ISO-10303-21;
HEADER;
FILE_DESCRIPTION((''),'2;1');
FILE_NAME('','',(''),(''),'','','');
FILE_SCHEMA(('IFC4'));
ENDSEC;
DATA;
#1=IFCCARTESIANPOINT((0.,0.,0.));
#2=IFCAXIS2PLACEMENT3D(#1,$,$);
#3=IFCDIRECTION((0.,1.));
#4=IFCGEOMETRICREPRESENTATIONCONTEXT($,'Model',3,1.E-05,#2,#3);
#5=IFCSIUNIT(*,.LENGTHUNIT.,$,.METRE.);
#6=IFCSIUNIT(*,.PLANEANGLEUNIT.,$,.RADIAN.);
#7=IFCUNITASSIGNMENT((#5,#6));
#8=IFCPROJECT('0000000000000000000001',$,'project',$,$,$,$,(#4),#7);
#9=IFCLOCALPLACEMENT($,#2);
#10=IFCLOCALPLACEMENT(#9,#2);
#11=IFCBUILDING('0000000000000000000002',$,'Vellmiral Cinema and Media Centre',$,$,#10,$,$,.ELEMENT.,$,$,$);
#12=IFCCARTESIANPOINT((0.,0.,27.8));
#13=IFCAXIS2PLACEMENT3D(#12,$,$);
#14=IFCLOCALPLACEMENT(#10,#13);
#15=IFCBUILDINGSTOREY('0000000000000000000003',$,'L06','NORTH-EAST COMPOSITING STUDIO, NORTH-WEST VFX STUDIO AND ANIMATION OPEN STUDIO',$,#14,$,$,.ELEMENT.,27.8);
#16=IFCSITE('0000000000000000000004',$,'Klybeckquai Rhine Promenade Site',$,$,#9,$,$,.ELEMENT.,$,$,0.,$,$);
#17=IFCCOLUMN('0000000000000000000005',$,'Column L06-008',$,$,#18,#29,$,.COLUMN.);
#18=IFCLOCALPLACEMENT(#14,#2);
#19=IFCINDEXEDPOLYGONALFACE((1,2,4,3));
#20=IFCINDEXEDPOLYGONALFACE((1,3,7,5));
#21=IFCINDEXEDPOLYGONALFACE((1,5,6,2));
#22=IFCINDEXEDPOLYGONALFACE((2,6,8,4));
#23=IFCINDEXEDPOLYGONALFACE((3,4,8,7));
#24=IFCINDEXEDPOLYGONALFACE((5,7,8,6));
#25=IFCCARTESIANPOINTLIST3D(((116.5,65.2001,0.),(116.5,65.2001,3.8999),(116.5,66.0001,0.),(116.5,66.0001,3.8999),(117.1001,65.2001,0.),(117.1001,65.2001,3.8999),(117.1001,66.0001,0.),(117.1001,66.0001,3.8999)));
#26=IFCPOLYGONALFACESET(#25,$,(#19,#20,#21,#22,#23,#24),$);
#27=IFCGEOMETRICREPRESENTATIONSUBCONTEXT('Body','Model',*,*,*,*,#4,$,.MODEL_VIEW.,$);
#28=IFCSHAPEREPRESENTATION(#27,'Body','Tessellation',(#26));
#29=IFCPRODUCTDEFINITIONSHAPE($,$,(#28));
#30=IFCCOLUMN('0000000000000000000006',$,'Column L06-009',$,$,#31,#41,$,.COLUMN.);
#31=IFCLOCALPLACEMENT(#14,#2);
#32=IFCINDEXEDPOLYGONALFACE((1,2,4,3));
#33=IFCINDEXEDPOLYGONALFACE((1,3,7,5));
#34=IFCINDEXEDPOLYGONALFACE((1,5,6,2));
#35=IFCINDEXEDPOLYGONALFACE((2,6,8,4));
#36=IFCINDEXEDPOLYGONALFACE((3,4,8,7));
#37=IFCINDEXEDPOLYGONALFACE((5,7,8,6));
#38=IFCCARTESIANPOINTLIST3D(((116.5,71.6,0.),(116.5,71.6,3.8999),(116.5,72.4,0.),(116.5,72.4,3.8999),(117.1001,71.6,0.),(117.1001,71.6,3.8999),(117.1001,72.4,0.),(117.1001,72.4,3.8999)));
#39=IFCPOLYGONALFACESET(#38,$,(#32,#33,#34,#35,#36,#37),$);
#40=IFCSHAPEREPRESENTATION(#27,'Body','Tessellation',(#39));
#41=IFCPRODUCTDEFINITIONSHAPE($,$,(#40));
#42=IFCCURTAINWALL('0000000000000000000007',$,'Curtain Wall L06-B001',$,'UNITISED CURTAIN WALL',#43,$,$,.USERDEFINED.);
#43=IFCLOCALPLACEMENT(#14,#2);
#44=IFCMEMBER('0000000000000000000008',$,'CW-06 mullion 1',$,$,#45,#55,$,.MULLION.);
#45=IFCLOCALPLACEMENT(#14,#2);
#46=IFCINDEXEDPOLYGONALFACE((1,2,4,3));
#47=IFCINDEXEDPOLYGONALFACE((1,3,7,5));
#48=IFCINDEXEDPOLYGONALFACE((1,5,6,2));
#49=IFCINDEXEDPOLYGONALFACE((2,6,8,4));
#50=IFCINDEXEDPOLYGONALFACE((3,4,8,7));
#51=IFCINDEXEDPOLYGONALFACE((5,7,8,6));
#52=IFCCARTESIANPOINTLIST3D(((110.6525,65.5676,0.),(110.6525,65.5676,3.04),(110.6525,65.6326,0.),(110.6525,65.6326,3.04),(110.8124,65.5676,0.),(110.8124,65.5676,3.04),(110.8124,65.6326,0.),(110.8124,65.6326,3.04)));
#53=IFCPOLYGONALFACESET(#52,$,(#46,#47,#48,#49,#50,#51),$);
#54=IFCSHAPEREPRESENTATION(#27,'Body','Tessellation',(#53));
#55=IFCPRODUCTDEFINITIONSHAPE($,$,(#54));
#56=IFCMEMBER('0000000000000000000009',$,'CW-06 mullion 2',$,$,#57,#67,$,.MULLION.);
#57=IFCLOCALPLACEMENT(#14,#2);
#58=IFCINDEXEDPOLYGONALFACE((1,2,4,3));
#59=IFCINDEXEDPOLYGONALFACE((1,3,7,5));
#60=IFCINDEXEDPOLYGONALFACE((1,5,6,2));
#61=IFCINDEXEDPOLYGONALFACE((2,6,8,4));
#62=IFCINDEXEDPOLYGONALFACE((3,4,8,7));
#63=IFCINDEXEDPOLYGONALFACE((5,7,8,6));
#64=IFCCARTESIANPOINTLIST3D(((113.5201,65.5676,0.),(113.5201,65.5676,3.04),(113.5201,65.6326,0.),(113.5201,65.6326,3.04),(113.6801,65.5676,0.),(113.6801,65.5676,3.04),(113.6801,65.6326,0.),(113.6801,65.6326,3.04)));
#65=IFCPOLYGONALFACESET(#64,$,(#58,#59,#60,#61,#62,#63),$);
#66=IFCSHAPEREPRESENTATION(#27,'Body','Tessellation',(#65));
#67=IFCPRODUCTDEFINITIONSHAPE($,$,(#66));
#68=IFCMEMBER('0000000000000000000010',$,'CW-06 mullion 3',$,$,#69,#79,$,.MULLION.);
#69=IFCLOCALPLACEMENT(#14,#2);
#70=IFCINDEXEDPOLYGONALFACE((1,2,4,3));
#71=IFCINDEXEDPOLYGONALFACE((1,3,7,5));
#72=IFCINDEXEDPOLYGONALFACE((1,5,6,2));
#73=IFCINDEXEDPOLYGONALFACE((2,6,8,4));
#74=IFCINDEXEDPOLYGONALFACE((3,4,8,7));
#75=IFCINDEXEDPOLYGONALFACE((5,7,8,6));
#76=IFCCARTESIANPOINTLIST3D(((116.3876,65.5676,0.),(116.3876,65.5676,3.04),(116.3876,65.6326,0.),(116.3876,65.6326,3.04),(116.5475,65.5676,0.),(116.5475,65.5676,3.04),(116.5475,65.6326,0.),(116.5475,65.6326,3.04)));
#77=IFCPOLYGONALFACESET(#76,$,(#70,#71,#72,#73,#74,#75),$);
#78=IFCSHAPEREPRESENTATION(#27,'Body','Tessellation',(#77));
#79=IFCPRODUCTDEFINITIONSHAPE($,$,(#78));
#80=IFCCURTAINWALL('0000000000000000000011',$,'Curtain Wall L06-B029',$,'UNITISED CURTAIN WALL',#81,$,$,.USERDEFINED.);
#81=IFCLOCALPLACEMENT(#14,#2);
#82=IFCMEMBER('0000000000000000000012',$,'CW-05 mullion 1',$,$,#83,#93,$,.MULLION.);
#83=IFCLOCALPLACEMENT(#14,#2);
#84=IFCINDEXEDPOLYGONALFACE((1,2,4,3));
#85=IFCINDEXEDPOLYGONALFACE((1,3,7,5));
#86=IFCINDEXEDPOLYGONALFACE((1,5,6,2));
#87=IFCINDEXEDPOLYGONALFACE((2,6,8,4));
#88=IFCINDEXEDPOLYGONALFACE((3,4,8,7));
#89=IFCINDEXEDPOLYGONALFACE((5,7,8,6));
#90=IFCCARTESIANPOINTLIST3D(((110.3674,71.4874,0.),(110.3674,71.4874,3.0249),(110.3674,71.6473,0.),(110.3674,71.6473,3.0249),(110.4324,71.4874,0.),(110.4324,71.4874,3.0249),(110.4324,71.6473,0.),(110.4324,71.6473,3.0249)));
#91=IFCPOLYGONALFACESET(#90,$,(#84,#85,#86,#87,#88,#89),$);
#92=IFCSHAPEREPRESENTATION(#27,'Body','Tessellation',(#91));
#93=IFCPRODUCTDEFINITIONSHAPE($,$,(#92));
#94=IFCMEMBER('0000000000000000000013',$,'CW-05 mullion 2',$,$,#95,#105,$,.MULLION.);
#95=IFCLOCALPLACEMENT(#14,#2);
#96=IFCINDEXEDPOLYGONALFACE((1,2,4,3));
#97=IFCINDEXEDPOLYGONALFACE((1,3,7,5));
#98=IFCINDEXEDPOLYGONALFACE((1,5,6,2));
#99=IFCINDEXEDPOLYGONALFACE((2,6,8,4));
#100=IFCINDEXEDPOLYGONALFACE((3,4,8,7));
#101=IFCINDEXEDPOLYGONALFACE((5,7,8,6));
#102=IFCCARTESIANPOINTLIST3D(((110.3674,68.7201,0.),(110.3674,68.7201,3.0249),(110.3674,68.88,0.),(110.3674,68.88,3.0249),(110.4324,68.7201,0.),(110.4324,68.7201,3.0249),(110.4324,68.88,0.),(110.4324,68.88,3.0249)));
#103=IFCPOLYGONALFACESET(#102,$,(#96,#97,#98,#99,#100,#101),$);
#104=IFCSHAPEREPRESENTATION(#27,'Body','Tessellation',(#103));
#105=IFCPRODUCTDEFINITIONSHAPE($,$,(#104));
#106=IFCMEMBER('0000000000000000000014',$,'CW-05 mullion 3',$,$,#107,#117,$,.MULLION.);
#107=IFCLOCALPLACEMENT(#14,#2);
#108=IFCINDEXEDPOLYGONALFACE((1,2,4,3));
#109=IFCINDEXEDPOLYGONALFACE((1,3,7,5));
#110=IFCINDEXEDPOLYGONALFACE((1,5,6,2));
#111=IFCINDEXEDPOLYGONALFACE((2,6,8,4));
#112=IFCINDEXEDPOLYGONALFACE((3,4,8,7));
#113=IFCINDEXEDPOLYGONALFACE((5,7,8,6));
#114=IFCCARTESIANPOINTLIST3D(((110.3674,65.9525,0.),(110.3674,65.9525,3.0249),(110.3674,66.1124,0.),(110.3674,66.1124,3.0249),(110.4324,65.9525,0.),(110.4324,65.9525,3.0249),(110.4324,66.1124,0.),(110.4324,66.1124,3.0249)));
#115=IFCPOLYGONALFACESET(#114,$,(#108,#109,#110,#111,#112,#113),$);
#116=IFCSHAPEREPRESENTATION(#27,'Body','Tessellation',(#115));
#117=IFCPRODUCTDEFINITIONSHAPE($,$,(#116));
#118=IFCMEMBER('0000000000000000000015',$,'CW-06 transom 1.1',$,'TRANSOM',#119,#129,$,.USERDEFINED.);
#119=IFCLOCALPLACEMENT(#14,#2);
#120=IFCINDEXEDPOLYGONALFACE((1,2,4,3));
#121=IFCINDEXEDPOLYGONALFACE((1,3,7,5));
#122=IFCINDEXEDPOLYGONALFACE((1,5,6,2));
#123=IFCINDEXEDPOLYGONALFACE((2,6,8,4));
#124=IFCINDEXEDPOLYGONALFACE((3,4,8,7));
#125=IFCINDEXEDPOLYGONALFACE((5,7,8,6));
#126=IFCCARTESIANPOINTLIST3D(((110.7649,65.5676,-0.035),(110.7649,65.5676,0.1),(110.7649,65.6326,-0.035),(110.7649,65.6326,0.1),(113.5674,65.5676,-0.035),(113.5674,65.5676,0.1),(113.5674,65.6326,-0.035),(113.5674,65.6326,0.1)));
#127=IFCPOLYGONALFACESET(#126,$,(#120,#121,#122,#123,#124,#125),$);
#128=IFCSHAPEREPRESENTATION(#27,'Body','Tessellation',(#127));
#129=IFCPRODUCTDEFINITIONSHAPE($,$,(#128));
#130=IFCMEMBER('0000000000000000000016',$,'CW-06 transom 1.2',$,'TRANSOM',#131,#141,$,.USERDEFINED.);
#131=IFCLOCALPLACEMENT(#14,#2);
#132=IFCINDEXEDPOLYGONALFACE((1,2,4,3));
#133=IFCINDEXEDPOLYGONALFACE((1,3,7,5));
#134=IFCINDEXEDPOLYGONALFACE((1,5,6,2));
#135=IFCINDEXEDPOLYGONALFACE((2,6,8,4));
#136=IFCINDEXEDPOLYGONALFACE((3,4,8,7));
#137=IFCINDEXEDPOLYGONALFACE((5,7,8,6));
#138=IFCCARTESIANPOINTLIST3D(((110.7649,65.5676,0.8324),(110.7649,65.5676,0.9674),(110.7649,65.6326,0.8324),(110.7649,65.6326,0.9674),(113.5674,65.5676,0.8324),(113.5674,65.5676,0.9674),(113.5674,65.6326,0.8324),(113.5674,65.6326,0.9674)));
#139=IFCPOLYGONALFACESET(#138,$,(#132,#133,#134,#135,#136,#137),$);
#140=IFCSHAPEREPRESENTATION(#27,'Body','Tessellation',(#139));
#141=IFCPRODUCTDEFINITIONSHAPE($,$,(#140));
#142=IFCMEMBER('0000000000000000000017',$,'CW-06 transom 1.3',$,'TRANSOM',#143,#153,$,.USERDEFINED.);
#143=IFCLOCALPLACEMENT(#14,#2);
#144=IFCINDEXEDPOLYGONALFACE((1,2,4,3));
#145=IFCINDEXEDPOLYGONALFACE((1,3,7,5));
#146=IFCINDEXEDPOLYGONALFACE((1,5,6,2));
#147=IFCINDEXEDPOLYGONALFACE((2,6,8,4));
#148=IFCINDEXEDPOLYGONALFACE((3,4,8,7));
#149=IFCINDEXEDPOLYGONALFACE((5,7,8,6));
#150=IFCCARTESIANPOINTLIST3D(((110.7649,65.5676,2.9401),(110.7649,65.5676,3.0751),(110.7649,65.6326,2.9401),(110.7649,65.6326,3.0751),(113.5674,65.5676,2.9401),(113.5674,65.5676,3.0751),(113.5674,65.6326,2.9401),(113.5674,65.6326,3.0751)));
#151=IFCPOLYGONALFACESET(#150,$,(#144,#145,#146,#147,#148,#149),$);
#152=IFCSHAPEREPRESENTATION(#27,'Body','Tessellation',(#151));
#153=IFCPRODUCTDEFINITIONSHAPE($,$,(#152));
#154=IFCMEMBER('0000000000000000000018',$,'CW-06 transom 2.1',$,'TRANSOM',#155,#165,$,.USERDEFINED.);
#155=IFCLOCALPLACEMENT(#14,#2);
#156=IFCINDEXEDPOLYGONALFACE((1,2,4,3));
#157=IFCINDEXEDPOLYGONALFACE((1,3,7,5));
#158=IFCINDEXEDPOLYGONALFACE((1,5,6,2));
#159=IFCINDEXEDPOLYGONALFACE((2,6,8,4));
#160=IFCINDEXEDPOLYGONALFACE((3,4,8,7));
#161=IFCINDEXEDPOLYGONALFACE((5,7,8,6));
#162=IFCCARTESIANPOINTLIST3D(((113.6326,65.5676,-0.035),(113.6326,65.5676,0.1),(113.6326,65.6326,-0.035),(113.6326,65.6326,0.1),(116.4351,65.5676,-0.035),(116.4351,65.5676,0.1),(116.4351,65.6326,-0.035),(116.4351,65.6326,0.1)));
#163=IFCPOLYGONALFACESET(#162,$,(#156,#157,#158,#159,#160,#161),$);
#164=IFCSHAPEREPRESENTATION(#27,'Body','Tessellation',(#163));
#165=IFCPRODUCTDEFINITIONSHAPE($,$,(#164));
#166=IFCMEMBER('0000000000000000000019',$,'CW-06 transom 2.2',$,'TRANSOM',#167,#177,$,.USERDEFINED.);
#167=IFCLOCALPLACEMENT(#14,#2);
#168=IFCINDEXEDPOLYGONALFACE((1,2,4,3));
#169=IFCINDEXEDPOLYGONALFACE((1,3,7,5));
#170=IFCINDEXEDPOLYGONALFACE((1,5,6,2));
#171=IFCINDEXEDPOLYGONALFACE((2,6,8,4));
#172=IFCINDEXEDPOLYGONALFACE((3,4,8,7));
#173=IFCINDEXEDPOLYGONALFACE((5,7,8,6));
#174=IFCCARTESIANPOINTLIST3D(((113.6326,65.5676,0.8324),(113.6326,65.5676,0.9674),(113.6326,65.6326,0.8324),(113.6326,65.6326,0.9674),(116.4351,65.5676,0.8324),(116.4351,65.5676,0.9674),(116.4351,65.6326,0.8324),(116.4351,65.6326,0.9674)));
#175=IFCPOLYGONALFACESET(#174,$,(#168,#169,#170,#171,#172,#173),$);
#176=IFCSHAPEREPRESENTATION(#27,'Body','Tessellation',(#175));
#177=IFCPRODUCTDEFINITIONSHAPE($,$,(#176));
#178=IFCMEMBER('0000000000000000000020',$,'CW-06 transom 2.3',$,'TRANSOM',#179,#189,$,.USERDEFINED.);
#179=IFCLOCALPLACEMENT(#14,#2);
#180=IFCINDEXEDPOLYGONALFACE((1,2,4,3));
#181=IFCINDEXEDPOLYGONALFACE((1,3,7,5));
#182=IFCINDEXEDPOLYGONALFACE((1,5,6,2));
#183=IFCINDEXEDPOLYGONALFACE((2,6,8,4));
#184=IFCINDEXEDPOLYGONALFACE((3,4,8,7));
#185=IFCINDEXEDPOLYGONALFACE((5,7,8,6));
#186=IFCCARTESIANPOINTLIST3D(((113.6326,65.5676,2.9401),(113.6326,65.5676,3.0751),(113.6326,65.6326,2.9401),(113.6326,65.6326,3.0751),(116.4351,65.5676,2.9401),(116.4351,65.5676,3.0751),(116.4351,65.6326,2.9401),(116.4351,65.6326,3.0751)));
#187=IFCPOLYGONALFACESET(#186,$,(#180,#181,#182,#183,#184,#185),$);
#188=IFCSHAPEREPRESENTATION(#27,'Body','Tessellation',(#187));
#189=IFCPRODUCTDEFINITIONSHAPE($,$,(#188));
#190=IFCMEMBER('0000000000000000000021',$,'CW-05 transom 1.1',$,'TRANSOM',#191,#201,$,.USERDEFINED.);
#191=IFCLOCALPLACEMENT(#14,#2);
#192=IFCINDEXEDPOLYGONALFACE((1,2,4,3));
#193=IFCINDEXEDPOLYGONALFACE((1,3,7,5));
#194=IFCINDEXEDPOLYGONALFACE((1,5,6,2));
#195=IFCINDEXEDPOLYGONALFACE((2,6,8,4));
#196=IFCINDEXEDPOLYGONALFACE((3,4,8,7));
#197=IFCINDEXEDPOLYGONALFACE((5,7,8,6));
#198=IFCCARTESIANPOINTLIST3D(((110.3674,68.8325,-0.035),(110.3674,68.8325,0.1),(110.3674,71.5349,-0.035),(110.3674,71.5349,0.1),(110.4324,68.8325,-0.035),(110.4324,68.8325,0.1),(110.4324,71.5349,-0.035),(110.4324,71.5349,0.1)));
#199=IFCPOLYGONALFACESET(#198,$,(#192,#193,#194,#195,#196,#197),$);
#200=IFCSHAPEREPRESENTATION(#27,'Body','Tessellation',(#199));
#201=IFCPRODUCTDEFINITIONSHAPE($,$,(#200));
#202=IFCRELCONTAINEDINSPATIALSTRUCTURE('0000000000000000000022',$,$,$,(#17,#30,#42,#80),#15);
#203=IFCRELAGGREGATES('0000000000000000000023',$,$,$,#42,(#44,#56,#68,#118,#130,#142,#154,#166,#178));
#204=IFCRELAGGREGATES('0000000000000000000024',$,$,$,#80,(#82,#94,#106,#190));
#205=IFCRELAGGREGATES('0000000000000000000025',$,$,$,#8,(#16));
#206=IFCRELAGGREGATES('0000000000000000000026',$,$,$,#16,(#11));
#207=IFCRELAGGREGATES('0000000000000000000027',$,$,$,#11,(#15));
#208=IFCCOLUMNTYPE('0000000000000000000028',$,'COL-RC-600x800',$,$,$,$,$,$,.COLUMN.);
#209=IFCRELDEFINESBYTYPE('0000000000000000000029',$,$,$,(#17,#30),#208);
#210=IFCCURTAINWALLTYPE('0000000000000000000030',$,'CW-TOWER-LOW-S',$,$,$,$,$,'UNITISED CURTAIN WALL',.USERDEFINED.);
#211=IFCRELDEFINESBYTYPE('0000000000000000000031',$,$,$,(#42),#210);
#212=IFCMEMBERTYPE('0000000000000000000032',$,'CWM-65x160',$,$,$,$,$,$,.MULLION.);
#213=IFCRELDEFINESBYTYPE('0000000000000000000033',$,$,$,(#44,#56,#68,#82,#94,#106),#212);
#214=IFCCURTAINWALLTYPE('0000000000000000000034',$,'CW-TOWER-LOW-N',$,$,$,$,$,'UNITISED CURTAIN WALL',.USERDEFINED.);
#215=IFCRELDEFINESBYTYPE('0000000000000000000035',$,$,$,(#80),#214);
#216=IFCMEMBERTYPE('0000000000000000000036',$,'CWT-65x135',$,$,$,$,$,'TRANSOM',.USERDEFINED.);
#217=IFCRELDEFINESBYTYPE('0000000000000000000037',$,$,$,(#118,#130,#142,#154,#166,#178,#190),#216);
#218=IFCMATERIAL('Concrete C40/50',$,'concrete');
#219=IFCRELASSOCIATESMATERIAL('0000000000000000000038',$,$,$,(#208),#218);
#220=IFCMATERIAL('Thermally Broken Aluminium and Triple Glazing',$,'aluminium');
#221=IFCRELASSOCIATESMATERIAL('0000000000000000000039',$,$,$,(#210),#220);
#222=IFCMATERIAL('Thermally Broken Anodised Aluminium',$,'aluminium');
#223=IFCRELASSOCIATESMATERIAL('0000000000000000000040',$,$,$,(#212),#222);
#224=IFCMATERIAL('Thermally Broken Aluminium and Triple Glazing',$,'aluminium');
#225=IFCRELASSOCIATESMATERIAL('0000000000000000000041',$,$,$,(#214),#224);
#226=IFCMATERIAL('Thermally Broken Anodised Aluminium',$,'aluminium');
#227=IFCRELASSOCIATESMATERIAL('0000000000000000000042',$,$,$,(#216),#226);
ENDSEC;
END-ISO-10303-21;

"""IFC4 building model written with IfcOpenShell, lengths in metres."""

from ifc_helpers import new_model, si_unit, direction, frame, origin, origin_2d, place, context, subcontext, project, spatial, rectangle, extrude, material, material_profile, profile_set, type_object, element, aggregate, save


model = new_model("IFC4")

# Units and contexts
model_context = context("Model", 3, precision=1e-05, world=origin(), true_north=direction((0.0, 1.0)))
body_context = subcontext(model_context, "Body", "Model", "MODEL_VIEW")
ifc_project = project(units=[si_unit("LENGTHUNIT", "METRE"), si_unit("PLANEANGLEUNIT", "RADIAN")], contexts=[model_context])

# Site, building, storey
site_placement = place(None, origin())
site = spatial("IfcSite", under=ifc_project, at=site_placement, Name="Klybeckquai Rhine Promenade Site", CompositionType="ELEMENT", RefElevation=0.0)
building_placement = place(site_placement, origin())
building = spatial("IfcBuilding", under=site, at=building_placement, Name="Vellmiral Cinema and Media Centre", CompositionType="ELEMENT")
storey_placement = place(building_placement, frame((0.0, 0.0, 27.8)))
storey = spatial("IfcBuildingStorey", under=building, at=storey_placement, Name="L06", Description="NORTH-EAST COMPOSITING STUDIO, NORTH-WEST VFX STUDIO AND ANIMATION OPEN STUDIO", CompositionType="ELEMENT", Elevation=27.8)

# Columns
ifc_material_1 = material(Name="Concrete C40/50", Category="concrete")
ifc_material_profile_1 = material_profile(ifc_material_1, rectangle(XDim=0.6001, YDim=0.8, at=origin_2d()), Name="RC 600x800")
ifc_profile_set_1 = profile_set([ifc_material_profile_1], Name="Concrete C40/50")
column_type = type_object("IfcColumnType", Name="COL-RC-600x800", PredefinedType="COLUMN", material=ifc_profile_set_1)
for number, where, z_axis, x_axis, name in (
    (1, (116.8, 65.6001, 0.0), (0.0, 0.0, 1.0), (1.0, 0.0, 0.0), "Column L06-008"),
    (2, (116.8, 72.0, 0.0), (0.0, 0.0, 1.0), (1.0, 0.0, 0.0), "Column L06-009"),
):
    element("IfcColumn", number, at=place(storey_placement, frame(where, z_axis=z_axis, x_axis=x_axis)), inside=storey, type_object=column_type, Name=name, PredefinedType="COLUMN", context=body_context, shape_type="SweptSolid", body=[
        extrude(rectangle(XDim=0.6001, YDim=0.8, at=origin_2d()), origin(), (0.0, 0.0, 1.0), 3.8999),
    ])

# Curtain walls, members
ifc_material_2 = material(Name="Thermally Broken Aluminium and Triple Glazing", Category="aluminium")
curtain_wall_type_1 = type_object("IfcCurtainWallType", Name="CW-TOWER-LOW-S", ElementType="UNITISED CURTAIN WALL", PredefinedType="USERDEFINED", material=ifc_material_2)
curtain_wall_1_placement = place(storey_placement, origin())
curtain_wall_1 = element("IfcCurtainWall", 3, at=curtain_wall_1_placement, inside=storey, type_object=curtain_wall_type_1, Name="Curtain Wall L06-B001", ObjectType="UNITISED CURTAIN WALL", PredefinedType="USERDEFINED")
ifc_material_3 = material(Name="Thermally Broken Anodised Aluminium", Category="aluminium")
ifc_material_profile_2 = material_profile(ifc_material_3, rectangle(XDim=0.0649, YDim=0.1599, at=origin_2d()), Name="MULL 65x160")
ifc_profile_set_2 = profile_set([ifc_material_profile_2], Name="Thermally Broken Anodised Aluminium")
member_type_1 = type_object("IfcMemberType", Name="CWM-65x160", PredefinedType="MULLION", material=ifc_profile_set_2)
member_1_placement = place(storey_placement, frame((110.7324, 65.6001, 0.0), z_axis=(0.0, 0.0, 1.0), x_axis=(0.0, 1.0, 0.0)))
member_1 = element("IfcMember", 4, at=member_1_placement, type_object=member_type_1, Name="CW-06 mullion 1", PredefinedType="MULLION", context=body_context, shape_type="SweptSolid", body=[
    extrude(rectangle(XDim=0.0649, YDim=0.1599, at=origin_2d()), origin(), (0.0, 0.0, 1.0), 3.04),
])
member_2_placement = place(storey_placement, frame((113.6001, 65.6001, 0.0), z_axis=(0.0, 0.0, 1.0), x_axis=(0.0, 1.0, 0.0)))
member_2 = element("IfcMember", 5, at=member_2_placement, type_object=member_type_1, Name="CW-06 mullion 2", PredefinedType="MULLION", context=body_context, shape_type="SweptSolid", body=[
    extrude(rectangle(XDim=0.0649, YDim=0.1599, at=origin_2d()), origin(), (0.0, 0.0, 1.0), 3.04),
])
member_3_placement = place(storey_placement, frame((116.4675, 65.6001, 0.0), z_axis=(0.0, 0.0, 1.0), x_axis=(0.0, 1.0, 0.0)))
member_3 = element("IfcMember", 6, at=member_3_placement, type_object=member_type_1, Name="CW-06 mullion 3", PredefinedType="MULLION", context=body_context, shape_type="SweptSolid", body=[
    extrude(rectangle(XDim=0.0649, YDim=0.1599, at=origin_2d()), origin(), (0.0, 0.0, 1.0), 3.04),
])
ifc_material_4 = material(Name="Thermally Broken Aluminium and Triple Glazing", Category="aluminium")
curtain_wall_type_2 = type_object("IfcCurtainWallType", Name="CW-TOWER-LOW-N", ElementType="UNITISED CURTAIN WALL", PredefinedType="USERDEFINED", material=ifc_material_4)
curtain_wall_2_placement = place(storey_placement, origin())
curtain_wall_2 = element("IfcCurtainWall", 7, at=curtain_wall_2_placement, inside=storey, type_object=curtain_wall_type_2, Name="Curtain Wall L06-B029", ObjectType="UNITISED CURTAIN WALL", PredefinedType="USERDEFINED")
member_4_placement = place(storey_placement, frame((110.3999, 71.5674, 0.0), z_axis=(0.0, 0.0, 1.0), x_axis=(1.0, 0.0, 0.0)))
member_4 = element("IfcMember", 8, at=member_4_placement, type_object=member_type_1, Name="CW-05 mullion 1", PredefinedType="MULLION", context=body_context, shape_type="SweptSolid", body=[
    extrude(rectangle(XDim=0.0649, YDim=0.1599, at=origin_2d()), origin(), (0.0, 0.0, 1.0), 3.0249),
])
member_5_placement = place(storey_placement, frame((110.3999, 68.8, 0.0), z_axis=(0.0, 0.0, 1.0), x_axis=(1.0, 0.0, 0.0)))
member_5 = element("IfcMember", 9, at=member_5_placement, type_object=member_type_1, Name="CW-05 mullion 2", PredefinedType="MULLION", context=body_context, shape_type="SweptSolid", body=[
    extrude(rectangle(XDim=0.0649, YDim=0.1599, at=origin_2d()), origin(), (0.0, 0.0, 1.0), 3.0249),
])
member_6_placement = place(storey_placement, frame((110.3999, 66.0325, 0.0), z_axis=(0.0, 0.0, 1.0), x_axis=(1.0, 0.0, 0.0)))
member_6 = element("IfcMember", 10, at=member_6_placement, type_object=member_type_1, Name="CW-05 mullion 3", PredefinedType="MULLION", context=body_context, shape_type="SweptSolid", body=[
    extrude(rectangle(XDim=0.0649, YDim=0.1599, at=origin_2d()), origin(), (0.0, 0.0, 1.0), 3.0249),
])

# Members
ifc_material_5 = material(Name="Thermally Broken Anodised Aluminium", Category="aluminium")
ifc_material_profile_3 = material_profile(ifc_material_5, rectangle(XDim=0.0649, YDim=0.135, at=origin_2d()), Name="MULL 65x135")
ifc_profile_set_3 = profile_set([ifc_material_profile_3], Name="Thermally Broken Anodised Aluminium")
member_type_2 = type_object("IfcMemberType", Name="CWT-65x135", ElementType="TRANSOM", PredefinedType="USERDEFINED", material=ifc_profile_set_3)
member_7_placement = place(storey_placement, frame((110.7649, 65.6001, 0.0325), z_axis=(1.0, 0.0, 0.0), x_axis=(0.0, 1.0, 0.0)))
member_7 = element("IfcMember", 11, at=member_7_placement, type_object=member_type_2, Name="CW-06 transom 1.1", ObjectType="TRANSOM", PredefinedType="USERDEFINED", context=body_context, shape_type="SweptSolid", body=[
    extrude(rectangle(XDim=0.0649, YDim=0.135, at=origin_2d()), origin(), (0.0, 0.0, 1.0), 2.8025),
])
member_8_placement = place(storey_placement, frame((110.7649, 65.6001, 0.8999), z_axis=(1.0, 0.0, 0.0), x_axis=(0.0, 1.0, 0.0)))
member_8 = element("IfcMember", 12, at=member_8_placement, type_object=member_type_2, Name="CW-06 transom 1.2", ObjectType="TRANSOM", PredefinedType="USERDEFINED", context=body_context, shape_type="SweptSolid", body=[
    extrude(rectangle(XDim=0.0649, YDim=0.135, at=origin_2d()), origin(), (0.0, 0.0, 1.0), 2.8025),
])
member_9_placement = place(storey_placement, frame((110.7649, 65.6001, 3.0076), z_axis=(1.0, 0.0, 0.0), x_axis=(0.0, 1.0, 0.0)))
member_9 = element("IfcMember", 13, at=member_9_placement, type_object=member_type_2, Name="CW-06 transom 1.3", ObjectType="TRANSOM", PredefinedType="USERDEFINED", context=body_context, shape_type="SweptSolid", body=[
    extrude(rectangle(XDim=0.0649, YDim=0.135, at=origin_2d()), origin(), (0.0, 0.0, 1.0), 2.8025),
])
member_10_placement = place(storey_placement, frame((113.6326, 65.6001, 0.0325), z_axis=(1.0, 0.0, 0.0), x_axis=(0.0, 1.0, 0.0)))
member_10 = element("IfcMember", 14, at=member_10_placement, type_object=member_type_2, Name="CW-06 transom 2.1", ObjectType="TRANSOM", PredefinedType="USERDEFINED", context=body_context, shape_type="SweptSolid", body=[
    extrude(rectangle(XDim=0.0649, YDim=0.135, at=origin_2d()), origin(), (0.0, 0.0, 1.0), 2.8025),
])
member_11_placement = place(storey_placement, frame((113.6326, 65.6001, 0.8999), z_axis=(1.0, 0.0, 0.0), x_axis=(0.0, 1.0, 0.0)))
member_11 = element("IfcMember", 15, at=member_11_placement, type_object=member_type_2, Name="CW-06 transom 2.2", ObjectType="TRANSOM", PredefinedType="USERDEFINED", context=body_context, shape_type="SweptSolid", body=[
    extrude(rectangle(XDim=0.0649, YDim=0.135, at=origin_2d()), origin(), (0.0, 0.0, 1.0), 2.8025),
])
member_12_placement = place(storey_placement, frame((113.6326, 65.6001, 3.0076), z_axis=(1.0, 0.0, 0.0), x_axis=(0.0, 1.0, 0.0)))
member_12 = element("IfcMember", 16, at=member_12_placement, type_object=member_type_2, Name="CW-06 transom 2.3", ObjectType="TRANSOM", PredefinedType="USERDEFINED", context=body_context, shape_type="SweptSolid", body=[
    extrude(rectangle(XDim=0.0649, YDim=0.135, at=origin_2d()), origin(), (0.0, 0.0, 1.0), 2.8025),
])
member_13_placement = place(storey_placement, frame((110.3999, 71.5349, 0.0325), z_axis=(0.0, -1.0, 0.0), x_axis=(1.0, 0.0, 0.0)))
member_13 = element("IfcMember", 17, at=member_13_placement, type_object=member_type_2, Name="CW-05 transom 1.1", ObjectType="TRANSOM", PredefinedType="USERDEFINED", context=body_context, shape_type="SweptSolid", body=[
    extrude(rectangle(XDim=0.0649, YDim=0.135, at=origin_2d()), origin(), (0.0, 0.0, 1.0), 2.7024),
])

aggregate(curtain_wall_1, [member_1, member_2, member_3, member_7, member_8, member_9, member_10, member_11, member_12])
aggregate(curtain_wall_2, [member_4, member_5, member_6, member_13])

save(model, "model.ifc")
